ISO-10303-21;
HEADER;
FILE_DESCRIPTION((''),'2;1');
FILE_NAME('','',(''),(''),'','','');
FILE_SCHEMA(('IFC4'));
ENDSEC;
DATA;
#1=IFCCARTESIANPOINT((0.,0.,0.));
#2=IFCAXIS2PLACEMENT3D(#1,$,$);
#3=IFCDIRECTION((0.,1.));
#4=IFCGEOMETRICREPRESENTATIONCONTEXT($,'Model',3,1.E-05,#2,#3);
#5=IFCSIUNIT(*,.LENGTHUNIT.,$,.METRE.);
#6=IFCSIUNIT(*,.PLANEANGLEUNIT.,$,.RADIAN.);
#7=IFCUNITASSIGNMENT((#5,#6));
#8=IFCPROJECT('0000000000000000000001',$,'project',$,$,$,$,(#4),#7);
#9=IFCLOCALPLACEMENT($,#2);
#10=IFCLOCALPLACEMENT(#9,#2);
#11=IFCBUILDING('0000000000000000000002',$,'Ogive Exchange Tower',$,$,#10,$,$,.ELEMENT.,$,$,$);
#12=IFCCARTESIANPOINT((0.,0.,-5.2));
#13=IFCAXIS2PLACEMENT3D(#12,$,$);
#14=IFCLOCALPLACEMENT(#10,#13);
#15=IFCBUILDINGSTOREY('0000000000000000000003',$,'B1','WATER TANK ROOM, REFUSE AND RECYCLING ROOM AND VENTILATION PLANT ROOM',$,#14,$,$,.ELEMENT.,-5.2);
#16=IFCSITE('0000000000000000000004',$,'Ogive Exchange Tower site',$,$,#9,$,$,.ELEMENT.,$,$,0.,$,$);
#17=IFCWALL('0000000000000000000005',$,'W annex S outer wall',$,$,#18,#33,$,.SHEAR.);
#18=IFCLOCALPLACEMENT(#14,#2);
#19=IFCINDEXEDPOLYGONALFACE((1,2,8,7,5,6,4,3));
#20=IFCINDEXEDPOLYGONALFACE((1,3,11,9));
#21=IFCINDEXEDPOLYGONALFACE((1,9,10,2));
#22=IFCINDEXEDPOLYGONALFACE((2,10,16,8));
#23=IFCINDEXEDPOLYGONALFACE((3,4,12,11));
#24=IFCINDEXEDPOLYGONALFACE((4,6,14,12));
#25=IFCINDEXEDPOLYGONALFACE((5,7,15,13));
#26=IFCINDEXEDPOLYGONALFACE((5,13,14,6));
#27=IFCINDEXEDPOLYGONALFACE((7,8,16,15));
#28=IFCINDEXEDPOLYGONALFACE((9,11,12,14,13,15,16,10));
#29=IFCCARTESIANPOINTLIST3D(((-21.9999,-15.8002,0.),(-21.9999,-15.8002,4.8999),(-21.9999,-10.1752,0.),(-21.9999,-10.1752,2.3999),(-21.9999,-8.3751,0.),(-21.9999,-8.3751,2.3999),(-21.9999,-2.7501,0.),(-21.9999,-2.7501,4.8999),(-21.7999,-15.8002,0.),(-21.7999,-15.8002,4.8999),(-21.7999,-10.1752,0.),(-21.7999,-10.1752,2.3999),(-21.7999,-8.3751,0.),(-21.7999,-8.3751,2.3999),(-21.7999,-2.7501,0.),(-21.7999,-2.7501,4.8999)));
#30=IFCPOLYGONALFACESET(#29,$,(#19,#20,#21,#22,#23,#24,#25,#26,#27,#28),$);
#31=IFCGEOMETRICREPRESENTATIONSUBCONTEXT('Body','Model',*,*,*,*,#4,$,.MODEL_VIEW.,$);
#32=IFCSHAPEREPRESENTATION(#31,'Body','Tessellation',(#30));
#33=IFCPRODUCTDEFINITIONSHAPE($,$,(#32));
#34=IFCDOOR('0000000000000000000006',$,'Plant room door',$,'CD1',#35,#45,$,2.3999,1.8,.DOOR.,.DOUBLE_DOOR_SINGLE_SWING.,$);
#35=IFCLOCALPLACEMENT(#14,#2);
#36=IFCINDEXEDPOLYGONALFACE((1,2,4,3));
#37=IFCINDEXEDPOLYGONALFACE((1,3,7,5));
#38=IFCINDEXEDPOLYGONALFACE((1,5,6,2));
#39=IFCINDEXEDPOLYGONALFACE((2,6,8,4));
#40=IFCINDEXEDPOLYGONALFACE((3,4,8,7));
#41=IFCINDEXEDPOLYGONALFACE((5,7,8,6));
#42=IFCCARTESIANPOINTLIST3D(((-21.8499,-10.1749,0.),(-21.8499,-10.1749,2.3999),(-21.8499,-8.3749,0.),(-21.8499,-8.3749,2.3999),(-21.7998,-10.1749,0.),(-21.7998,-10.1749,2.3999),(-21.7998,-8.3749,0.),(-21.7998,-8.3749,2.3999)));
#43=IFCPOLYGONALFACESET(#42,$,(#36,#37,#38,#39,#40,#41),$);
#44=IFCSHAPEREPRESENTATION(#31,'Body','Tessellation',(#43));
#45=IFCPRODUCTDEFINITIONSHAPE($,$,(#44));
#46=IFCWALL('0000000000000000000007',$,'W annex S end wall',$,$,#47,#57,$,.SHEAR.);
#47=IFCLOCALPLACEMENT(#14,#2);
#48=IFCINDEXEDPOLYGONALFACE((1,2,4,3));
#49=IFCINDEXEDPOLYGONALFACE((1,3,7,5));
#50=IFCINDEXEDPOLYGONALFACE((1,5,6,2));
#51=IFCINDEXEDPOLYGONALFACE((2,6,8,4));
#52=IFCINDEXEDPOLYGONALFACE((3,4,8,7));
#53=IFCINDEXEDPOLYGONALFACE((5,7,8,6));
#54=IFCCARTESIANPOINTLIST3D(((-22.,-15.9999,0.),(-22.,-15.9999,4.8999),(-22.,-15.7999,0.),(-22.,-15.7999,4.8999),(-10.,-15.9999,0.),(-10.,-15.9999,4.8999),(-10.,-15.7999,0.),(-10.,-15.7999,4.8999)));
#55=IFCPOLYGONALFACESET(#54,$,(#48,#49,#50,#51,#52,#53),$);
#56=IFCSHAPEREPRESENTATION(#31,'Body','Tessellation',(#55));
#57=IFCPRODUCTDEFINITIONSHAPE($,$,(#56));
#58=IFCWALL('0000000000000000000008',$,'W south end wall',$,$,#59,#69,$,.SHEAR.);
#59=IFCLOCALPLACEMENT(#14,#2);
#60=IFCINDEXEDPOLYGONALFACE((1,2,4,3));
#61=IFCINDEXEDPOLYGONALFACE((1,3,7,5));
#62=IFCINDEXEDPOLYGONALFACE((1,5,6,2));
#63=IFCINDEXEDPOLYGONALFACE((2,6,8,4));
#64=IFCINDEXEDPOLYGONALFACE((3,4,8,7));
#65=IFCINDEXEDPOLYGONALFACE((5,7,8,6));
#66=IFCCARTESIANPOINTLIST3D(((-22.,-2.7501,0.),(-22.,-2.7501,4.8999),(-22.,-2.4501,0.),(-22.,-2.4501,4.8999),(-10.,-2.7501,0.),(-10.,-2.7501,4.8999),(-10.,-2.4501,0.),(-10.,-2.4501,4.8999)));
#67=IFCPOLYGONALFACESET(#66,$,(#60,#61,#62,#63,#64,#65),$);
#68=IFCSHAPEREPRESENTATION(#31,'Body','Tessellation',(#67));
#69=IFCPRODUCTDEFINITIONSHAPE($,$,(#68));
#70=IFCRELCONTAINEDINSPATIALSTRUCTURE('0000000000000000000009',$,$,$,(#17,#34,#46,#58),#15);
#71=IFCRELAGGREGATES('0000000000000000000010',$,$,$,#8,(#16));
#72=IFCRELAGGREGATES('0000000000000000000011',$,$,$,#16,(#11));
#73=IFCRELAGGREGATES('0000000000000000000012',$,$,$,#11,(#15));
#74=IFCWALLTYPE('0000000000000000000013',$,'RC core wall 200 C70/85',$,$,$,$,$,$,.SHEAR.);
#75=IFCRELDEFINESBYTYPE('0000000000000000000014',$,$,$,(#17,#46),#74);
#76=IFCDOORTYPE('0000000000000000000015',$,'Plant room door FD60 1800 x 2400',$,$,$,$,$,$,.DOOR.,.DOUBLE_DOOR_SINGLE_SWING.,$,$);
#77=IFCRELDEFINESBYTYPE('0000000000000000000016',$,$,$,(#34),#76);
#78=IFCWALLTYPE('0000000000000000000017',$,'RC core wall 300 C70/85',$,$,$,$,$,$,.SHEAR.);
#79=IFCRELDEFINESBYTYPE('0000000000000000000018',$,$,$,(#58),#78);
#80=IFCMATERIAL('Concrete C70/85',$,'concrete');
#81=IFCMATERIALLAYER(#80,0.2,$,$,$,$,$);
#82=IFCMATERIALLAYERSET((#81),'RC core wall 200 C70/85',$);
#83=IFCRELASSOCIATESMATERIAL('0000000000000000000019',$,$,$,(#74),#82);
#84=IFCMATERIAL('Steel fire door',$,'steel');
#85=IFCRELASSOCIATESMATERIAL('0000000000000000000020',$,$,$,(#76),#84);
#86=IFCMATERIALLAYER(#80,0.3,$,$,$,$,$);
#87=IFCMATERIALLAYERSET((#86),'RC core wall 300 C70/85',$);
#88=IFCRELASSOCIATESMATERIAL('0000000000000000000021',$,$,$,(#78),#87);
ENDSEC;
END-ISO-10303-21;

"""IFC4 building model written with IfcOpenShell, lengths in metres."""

from ifc_helpers import new_model, si_unit, direction, frame, frame_2d, origin, place, context, subcontext, project, spatial, rectangle, extrude, material, layer, layer_set, type_object, element, fill, save


model = new_model("IFC4")

# Units and contexts
model_context = context("Model", 3, precision=1e-05, world=origin(), true_north=direction((0.0, 1.0)))
body_context = subcontext(model_context, "Body", "Model", "MODEL_VIEW")
ifc_project = project(units=[si_unit("LENGTHUNIT", "METRE"), si_unit("PLANEANGLEUNIT", "RADIAN")], contexts=[model_context])

# Site, building, storey
site_placement = place(None, origin())
site = spatial("IfcSite", under=ifc_project, at=site_placement, Name="Ogive Exchange Tower site", CompositionType="ELEMENT", RefElevation=0.0)
building_placement = place(site_placement, origin())
building = spatial("IfcBuilding", under=site, at=building_placement, Name="Ogive Exchange Tower", CompositionType="ELEMENT")
storey_placement = place(building_placement, frame((0.0, 0.0, -5.2)))
storey = spatial("IfcBuildingStorey", under=building, at=storey_placement, Name="B1", Description="WATER TANK ROOM, REFUSE AND RECYCLING ROOM AND VENTILATION PLANT ROOM", CompositionType="ELEMENT", Elevation=-5.2)

# Shared definitions
ifc_material_1 = material(Name="Concrete C70/85", Category="concrete")

# Shared definitions
ifc_material_2 = material(Name="Steel fire door", Category="steel")

# Wall, opening, door
ifc_layer_1 = layer(ifc_material_1, 0.2)
ifc_layer_set_1 = layer_set([ifc_layer_1], Name="RC core wall 200 C70/85")
wall_type_1 = type_object("IfcWallType", Name="RC core wall 200 C70/85", PredefinedType="SHEAR", material=ifc_layer_set_1)
wall_1_placement = place(storey_placement, frame((-21.8999, -15.8, 0.0), z_axis=(0.0, 0.0, 1.0), x_axis=(0.0, 1.0, 0.0)))
wall_1 = element("IfcWall", 1, at=wall_1_placement, inside=storey, type_object=wall_type_1, Name="W annex S outer wall", PredefinedType="SHEAR", context=body_context, shape_type="SweptSolid", body=[
    extrude(rectangle(XDim=13.05, YDim=0.2, at=frame_2d((6.5249, 0.0))), origin(), (0.0, 0.0, 1.0), 4.8999),
])
opening_1_placement = place(wall_1_placement, frame((5.625, 0.0, 0.0)))
opening_1 = element("IfcOpeningElement", 2, at=opening_1_placement, cuts=wall_1, PredefinedType="OPENING", context=body_context, shape_type="SweptSolid", body=[
    extrude(rectangle(XDim=1.8, YDim=2.3999, at=frame_2d((0.8999, 1.2))), frame((0.0, 0.1099, 0.0), z_axis=(0.0, -1.0, 0.0), x_axis=(1.0, 0.0, 0.0)), (0.0, 0.0, 1.0), 0.22),
])
door_type_1 = type_object("IfcDoorType", Name="Plant room door FD60 1800 x 2400", OperationType="DOUBLE_DOOR_SINGLE_SWING", PredefinedType="DOOR", material=ifc_material_2)
door_1_placement = place(opening_1_placement, frame((1.8, -0.1499, 0.0), z_axis=(0.0, 0.0, 1.0), x_axis=(-1.0, 0.0, 0.0)))
door_1 = element("IfcDoor", 3, at=door_1_placement, inside=storey, type_object=door_type_1, Name="Plant room door", ObjectType="CD1", OperationType="DOUBLE_DOOR_SINGLE_SWING", OverallHeight=2.3999, OverallWidth=1.8, PredefinedType="DOOR", context=body_context, shape_type="SweptSolid", body=[
    extrude(rectangle(XDim=1.8, YDim=2.3999, at=frame_2d((0.8999, 1.2))), frame((0.0, -0.0498, 0.0), z_axis=(0.0, -1.0, 0.0), x_axis=(1.0, 0.0, 0.0)), (0.0, 0.0, 1.0), 0.05),
])
fill(opening_1, door_1)

# Walls
wall_2_placement = place(storey_placement, frame((-22.0, -15.8999, 0.0), z_axis=(0.0, 0.0, 1.0), x_axis=(1.0, 0.0, 0.0)))
element("IfcWall", 4, at=wall_2_placement, inside=storey, type_object=wall_type_1, Name="W annex S end wall", PredefinedType="SHEAR", context=body_context, shape_type="SweptSolid", body=[
    extrude(rectangle(XDim=12.0, YDim=0.2, at=frame_2d((6.0, 0.0))), origin(), (0.0, 0.0, 1.0), 4.8999),
])
ifc_layer_2 = layer(ifc_material_1, 0.3)
ifc_layer_set_2 = layer_set([ifc_layer_2], Name="RC core wall 300 C70/85")
wall_type_2 = type_object("IfcWallType", Name="RC core wall 300 C70/85", PredefinedType="SHEAR", material=ifc_layer_set_2)
wall_3_placement = place(storey_placement, frame((-22.0, -2.6001, 0.0), z_axis=(0.0, 0.0, 1.0), x_axis=(1.0, 0.0, 0.0)))
element("IfcWall", 5, at=wall_3_placement, inside=storey, type_object=wall_type_2, Name="W south end wall", PredefinedType="SHEAR", context=body_context, shape_type="SweptSolid", body=[
    extrude(rectangle(XDim=12.0, YDim=0.3, at=frame_2d((6.0, 0.0))), origin(), (0.0, 0.0, 1.0), 4.8999),
])

save(model, "model.ifc")
